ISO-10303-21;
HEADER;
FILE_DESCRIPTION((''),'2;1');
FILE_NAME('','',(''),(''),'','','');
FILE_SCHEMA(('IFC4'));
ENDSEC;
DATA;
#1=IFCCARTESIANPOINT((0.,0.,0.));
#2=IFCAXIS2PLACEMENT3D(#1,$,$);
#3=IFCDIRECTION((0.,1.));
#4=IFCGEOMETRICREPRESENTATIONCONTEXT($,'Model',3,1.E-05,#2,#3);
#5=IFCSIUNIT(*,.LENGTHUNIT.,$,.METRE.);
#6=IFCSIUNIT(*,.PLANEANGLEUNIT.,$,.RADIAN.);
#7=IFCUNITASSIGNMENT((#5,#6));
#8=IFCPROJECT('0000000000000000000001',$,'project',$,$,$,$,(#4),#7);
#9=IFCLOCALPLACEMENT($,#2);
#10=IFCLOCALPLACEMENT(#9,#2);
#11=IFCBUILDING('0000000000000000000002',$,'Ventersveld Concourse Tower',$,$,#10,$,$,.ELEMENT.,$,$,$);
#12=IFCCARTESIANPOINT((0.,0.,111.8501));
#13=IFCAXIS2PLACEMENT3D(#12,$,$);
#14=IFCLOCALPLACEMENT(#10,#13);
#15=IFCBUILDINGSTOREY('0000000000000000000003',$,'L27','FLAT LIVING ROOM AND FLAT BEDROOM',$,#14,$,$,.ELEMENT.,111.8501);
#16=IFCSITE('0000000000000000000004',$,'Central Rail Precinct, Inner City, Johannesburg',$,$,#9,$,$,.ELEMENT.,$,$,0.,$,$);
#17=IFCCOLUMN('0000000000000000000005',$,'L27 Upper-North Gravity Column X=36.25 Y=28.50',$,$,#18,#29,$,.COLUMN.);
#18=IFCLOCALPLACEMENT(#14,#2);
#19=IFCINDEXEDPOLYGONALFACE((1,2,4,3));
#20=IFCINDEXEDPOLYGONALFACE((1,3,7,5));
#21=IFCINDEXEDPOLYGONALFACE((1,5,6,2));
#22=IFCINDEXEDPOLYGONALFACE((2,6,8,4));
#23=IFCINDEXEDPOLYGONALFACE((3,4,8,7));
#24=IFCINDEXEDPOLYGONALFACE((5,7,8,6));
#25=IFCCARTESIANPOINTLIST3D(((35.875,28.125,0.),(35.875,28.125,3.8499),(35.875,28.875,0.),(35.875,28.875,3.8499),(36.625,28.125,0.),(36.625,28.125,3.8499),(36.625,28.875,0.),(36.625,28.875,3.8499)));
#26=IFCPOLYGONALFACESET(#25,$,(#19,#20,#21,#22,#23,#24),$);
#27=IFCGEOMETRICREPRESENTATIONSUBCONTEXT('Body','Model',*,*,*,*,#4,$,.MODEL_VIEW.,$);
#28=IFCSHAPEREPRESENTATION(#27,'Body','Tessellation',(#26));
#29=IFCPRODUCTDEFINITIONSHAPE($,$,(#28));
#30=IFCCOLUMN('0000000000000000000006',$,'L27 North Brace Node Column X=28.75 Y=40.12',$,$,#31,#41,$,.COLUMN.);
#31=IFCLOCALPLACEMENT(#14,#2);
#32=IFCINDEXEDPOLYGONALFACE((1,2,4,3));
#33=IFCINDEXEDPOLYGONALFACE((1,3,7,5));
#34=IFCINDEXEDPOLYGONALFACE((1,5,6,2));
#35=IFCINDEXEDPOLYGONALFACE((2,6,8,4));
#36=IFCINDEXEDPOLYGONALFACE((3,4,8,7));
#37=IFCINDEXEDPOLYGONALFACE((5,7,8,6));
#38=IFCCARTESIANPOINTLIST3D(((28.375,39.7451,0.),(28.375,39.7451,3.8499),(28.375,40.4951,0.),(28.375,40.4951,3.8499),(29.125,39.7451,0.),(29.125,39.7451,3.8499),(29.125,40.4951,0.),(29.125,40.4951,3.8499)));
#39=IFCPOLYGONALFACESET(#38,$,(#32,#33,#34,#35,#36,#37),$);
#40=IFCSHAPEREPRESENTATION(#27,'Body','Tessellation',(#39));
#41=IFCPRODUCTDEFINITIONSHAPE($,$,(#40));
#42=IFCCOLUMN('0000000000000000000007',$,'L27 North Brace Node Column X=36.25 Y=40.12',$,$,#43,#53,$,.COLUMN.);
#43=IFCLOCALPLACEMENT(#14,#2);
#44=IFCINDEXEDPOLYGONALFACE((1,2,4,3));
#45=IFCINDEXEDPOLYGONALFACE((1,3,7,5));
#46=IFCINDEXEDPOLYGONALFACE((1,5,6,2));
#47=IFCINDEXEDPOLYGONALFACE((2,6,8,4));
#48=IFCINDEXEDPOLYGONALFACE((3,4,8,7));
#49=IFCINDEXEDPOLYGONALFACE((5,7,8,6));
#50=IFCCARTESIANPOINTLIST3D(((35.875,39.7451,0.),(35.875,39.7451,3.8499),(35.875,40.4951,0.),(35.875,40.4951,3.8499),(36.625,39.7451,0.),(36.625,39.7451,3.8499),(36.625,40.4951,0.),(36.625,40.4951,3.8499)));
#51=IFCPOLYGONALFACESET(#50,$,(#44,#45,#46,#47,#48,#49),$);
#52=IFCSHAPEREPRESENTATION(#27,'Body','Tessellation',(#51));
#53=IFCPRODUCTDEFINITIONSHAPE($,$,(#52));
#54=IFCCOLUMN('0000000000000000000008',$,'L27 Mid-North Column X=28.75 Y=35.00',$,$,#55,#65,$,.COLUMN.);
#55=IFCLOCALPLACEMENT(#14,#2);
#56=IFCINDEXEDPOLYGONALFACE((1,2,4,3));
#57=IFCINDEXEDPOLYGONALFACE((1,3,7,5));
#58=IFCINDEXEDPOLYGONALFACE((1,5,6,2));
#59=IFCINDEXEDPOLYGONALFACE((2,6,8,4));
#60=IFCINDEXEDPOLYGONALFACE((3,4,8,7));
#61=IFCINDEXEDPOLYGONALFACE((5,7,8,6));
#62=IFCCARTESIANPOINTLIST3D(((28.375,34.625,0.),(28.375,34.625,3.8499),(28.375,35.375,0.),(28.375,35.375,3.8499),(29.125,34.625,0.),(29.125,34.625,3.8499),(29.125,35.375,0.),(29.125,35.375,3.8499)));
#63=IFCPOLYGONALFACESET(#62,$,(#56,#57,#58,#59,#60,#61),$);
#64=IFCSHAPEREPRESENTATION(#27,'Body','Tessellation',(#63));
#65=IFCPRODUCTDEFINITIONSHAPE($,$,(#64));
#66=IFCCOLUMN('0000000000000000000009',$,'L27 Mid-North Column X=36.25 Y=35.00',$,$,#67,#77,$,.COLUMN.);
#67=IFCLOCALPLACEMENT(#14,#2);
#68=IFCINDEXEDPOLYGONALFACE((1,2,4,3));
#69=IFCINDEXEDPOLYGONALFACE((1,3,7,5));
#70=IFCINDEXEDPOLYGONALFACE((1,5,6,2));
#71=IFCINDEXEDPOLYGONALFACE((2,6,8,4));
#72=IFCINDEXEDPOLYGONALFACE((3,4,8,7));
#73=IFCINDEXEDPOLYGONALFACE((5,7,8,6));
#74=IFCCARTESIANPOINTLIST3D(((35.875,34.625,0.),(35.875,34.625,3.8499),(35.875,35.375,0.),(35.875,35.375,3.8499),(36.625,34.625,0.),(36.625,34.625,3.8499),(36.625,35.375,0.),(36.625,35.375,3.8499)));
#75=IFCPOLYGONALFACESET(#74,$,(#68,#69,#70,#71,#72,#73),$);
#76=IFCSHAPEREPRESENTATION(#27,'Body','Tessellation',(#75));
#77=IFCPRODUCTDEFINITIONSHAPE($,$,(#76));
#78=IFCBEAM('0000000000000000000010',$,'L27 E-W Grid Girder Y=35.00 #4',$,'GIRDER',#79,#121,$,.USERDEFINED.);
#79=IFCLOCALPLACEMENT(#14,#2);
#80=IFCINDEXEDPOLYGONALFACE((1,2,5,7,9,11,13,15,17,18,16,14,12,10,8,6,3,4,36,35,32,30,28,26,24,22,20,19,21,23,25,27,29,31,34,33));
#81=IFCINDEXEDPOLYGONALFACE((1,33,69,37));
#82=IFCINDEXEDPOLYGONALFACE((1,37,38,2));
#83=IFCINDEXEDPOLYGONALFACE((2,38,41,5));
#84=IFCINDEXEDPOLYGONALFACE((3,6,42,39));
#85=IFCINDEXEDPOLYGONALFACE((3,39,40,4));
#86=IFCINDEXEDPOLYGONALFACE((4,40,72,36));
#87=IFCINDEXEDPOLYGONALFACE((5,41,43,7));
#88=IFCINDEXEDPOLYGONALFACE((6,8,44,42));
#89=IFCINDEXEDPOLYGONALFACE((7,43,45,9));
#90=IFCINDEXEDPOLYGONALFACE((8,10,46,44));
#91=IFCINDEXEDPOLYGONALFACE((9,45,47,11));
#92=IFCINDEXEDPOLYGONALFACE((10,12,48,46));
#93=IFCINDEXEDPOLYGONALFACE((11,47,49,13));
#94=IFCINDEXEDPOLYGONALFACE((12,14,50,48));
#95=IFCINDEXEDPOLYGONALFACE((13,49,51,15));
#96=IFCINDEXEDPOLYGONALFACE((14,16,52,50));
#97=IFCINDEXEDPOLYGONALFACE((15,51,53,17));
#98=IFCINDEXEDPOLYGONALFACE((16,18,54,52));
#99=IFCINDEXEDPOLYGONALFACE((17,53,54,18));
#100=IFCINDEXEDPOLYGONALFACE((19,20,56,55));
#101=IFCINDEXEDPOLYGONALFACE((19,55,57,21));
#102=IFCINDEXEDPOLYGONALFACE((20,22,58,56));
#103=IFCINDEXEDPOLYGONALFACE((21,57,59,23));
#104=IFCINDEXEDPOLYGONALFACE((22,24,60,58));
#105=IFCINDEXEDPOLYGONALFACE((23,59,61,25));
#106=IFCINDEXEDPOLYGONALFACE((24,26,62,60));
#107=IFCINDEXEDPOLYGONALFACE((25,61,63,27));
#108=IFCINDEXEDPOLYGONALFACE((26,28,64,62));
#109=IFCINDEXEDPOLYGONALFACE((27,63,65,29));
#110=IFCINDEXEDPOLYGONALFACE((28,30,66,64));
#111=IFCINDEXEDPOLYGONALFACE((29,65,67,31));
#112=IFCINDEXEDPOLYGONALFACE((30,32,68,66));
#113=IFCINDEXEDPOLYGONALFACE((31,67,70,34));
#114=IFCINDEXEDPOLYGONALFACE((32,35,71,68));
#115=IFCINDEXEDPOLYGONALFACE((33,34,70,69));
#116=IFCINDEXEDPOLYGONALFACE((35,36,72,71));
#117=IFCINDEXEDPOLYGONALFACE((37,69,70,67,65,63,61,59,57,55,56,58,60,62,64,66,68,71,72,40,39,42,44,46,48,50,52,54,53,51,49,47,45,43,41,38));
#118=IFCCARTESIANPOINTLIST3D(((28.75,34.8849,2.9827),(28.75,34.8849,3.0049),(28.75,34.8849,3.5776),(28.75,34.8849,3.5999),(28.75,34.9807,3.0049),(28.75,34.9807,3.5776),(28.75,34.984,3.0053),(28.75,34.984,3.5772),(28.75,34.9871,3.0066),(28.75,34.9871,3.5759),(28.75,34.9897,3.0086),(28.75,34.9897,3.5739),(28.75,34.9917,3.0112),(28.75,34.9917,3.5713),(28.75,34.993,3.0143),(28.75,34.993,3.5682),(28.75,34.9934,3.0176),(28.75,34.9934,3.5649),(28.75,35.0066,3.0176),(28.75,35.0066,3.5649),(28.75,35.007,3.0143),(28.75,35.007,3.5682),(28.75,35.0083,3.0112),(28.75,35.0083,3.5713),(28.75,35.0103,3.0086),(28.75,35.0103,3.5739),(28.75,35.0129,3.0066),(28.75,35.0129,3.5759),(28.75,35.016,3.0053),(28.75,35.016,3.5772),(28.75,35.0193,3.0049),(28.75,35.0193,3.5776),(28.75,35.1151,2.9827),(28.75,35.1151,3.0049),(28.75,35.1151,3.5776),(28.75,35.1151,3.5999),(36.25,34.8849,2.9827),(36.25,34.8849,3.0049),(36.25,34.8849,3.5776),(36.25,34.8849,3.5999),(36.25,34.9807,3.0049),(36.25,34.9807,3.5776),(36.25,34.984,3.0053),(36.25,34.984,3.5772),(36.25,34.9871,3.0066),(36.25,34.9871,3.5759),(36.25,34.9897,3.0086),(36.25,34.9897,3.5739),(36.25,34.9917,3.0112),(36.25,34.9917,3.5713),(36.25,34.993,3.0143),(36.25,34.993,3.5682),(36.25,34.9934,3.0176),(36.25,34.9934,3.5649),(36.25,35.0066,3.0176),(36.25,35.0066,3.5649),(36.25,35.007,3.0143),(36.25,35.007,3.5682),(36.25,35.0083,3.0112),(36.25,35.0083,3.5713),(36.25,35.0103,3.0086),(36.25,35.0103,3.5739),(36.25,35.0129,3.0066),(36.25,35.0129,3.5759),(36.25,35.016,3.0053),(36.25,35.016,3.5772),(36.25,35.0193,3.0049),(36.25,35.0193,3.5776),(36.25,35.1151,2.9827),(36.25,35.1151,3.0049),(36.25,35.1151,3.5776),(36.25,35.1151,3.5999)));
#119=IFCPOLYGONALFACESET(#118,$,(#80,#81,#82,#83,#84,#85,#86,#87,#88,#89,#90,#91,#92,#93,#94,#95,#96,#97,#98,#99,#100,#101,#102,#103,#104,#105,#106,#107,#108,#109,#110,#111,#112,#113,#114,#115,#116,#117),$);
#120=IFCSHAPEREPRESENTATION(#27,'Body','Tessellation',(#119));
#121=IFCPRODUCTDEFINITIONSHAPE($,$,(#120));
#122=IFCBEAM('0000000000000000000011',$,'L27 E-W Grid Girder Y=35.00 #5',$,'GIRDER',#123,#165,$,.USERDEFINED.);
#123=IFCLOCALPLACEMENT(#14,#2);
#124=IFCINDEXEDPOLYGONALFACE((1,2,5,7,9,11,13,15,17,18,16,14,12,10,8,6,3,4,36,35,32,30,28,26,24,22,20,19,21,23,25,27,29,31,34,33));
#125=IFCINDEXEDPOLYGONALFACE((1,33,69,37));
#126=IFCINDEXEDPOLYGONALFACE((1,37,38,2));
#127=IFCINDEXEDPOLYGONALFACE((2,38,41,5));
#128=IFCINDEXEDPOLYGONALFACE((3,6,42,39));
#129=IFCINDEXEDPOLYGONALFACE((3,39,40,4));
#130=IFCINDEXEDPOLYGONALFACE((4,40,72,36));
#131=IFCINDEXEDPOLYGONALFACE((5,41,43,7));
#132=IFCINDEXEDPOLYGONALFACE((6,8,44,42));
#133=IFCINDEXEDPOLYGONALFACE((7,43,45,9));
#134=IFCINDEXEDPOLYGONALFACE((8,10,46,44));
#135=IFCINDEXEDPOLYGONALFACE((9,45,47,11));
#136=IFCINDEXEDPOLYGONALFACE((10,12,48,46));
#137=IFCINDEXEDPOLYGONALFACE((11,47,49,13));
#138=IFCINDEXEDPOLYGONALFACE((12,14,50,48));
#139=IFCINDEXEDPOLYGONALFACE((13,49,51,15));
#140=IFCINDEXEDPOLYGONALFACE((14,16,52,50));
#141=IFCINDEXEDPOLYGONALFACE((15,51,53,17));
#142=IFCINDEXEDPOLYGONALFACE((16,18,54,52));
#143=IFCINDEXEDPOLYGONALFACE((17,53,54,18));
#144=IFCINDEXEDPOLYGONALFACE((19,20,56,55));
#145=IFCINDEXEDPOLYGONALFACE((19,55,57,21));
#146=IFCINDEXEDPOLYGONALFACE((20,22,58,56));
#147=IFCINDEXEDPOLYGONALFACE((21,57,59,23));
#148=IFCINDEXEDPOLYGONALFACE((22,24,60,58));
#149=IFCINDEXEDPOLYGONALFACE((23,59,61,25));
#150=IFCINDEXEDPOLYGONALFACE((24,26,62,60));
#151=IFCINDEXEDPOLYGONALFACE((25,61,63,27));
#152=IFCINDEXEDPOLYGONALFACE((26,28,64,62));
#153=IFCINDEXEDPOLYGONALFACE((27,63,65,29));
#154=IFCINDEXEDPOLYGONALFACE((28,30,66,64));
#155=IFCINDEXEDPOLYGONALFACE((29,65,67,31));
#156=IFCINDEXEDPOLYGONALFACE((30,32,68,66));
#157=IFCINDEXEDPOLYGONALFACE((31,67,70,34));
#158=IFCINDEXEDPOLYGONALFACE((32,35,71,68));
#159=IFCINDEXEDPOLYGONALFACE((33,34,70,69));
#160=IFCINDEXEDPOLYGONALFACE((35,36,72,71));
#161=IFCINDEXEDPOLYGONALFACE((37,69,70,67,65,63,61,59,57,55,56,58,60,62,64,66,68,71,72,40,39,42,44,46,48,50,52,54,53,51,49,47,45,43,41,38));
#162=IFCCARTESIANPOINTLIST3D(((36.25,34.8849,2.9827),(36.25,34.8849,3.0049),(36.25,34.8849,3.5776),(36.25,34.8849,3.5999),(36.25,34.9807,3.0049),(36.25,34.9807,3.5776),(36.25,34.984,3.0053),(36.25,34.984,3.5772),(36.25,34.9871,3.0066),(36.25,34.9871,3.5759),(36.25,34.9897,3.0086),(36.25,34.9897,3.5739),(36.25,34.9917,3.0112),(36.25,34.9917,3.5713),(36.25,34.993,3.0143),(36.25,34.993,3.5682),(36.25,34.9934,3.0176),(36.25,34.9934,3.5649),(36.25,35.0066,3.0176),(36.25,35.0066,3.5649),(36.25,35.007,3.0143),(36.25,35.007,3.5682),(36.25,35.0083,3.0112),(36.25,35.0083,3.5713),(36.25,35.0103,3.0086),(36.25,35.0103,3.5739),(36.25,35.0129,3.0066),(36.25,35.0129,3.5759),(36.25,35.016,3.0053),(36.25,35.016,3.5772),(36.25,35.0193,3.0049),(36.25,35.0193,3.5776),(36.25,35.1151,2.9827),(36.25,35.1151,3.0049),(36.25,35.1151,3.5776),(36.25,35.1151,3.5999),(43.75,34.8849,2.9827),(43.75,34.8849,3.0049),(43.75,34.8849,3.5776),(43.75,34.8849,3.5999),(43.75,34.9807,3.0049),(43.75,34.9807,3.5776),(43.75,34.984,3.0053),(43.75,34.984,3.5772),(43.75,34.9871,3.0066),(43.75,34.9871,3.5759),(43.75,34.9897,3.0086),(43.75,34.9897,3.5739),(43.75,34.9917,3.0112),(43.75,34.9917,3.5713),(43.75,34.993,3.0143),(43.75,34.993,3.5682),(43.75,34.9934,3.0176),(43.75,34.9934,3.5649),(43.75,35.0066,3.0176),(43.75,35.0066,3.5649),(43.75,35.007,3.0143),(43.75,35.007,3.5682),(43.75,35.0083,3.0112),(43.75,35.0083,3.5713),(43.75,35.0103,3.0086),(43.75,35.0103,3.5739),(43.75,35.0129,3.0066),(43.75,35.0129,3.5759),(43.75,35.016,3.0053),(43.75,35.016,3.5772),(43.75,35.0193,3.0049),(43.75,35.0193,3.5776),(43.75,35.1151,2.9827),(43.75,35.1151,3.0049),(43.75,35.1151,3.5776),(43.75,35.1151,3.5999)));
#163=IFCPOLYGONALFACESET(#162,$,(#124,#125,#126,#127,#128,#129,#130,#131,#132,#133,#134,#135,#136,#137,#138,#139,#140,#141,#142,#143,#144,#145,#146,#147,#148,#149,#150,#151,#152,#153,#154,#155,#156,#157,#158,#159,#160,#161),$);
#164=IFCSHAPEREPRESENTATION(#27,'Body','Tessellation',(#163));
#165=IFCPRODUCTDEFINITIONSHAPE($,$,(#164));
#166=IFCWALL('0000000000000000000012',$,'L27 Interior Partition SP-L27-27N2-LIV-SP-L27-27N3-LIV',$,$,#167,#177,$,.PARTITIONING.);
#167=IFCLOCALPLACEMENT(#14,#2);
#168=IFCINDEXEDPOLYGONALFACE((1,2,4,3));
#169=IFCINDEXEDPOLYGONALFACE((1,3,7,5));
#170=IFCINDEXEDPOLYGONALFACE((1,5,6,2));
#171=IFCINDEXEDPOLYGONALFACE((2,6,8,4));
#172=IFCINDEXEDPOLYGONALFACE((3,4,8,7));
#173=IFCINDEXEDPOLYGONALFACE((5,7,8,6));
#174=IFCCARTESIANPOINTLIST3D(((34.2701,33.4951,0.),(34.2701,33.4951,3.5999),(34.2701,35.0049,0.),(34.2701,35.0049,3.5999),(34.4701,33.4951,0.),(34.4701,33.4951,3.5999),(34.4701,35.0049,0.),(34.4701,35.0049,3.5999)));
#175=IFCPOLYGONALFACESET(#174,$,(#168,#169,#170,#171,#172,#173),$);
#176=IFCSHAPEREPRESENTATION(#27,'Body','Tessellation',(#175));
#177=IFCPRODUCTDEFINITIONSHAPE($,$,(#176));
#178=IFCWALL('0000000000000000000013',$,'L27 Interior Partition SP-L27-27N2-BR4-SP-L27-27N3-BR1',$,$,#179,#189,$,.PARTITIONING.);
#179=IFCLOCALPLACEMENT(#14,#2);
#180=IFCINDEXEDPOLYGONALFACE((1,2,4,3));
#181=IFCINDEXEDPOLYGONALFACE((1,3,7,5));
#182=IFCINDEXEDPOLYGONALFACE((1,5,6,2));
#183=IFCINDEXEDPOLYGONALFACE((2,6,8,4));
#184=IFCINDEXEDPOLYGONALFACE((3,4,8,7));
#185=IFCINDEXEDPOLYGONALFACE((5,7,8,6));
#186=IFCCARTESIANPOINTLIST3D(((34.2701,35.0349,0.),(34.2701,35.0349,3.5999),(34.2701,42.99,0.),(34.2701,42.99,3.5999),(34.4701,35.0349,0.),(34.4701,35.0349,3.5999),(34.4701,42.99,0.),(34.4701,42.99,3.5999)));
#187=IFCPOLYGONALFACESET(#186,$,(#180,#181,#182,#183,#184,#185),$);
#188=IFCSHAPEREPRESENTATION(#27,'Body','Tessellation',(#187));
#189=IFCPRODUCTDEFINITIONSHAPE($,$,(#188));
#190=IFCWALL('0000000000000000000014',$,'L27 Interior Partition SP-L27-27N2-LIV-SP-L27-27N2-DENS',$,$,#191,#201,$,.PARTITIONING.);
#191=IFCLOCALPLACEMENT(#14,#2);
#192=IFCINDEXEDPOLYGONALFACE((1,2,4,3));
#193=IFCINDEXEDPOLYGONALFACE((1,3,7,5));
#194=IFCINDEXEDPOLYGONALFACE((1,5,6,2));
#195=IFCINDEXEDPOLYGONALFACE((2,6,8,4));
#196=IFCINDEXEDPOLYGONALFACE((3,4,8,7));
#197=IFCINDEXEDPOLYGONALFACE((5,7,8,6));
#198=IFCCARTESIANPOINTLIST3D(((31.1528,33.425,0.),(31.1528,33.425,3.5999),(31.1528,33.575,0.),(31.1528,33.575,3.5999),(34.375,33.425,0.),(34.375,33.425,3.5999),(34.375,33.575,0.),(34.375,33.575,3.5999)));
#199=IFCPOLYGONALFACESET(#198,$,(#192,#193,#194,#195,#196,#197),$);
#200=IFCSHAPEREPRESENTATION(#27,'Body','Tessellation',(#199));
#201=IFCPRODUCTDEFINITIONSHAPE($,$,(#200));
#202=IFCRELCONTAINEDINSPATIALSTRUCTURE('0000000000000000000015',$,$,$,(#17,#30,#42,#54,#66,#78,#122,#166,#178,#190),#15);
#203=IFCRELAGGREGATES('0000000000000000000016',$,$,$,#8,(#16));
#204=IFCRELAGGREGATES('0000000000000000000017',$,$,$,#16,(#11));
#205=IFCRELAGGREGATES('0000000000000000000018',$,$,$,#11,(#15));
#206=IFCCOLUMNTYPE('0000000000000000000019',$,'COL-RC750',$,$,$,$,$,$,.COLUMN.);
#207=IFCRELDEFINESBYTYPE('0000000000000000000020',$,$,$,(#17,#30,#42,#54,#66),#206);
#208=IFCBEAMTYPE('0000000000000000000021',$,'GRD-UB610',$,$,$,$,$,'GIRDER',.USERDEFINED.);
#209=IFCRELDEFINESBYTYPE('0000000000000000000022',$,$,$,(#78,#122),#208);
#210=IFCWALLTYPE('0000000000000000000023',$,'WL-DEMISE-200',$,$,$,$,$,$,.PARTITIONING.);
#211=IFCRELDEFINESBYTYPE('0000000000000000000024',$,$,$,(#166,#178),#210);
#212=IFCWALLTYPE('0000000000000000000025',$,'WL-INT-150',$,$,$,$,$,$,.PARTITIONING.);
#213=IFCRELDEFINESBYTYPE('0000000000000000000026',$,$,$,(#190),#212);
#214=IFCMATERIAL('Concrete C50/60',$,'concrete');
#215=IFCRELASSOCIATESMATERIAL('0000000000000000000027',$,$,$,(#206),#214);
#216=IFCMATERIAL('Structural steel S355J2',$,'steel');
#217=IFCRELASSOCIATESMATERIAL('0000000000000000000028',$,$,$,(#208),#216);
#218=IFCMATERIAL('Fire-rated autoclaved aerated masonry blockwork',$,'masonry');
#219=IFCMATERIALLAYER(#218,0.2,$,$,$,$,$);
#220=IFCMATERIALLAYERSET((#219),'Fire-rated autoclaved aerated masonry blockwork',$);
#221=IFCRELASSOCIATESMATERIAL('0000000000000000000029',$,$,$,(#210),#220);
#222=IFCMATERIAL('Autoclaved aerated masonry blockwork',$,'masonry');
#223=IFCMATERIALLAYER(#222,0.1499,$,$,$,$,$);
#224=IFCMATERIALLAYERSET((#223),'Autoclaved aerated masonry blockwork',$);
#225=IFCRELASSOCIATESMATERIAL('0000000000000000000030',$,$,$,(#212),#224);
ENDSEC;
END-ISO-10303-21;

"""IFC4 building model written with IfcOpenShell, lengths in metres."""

from ifc_helpers import new_model, si_unit, direction, frame, frame_2d, origin, origin_2d, place, context, subcontext, project, spatial, rectangle, i_section, extrude, material, layer, layer_set, material_profile, profile_set, type_object, element, save


model = new_model("IFC4")

# Units and contexts
model_context = context("Model", 3, precision=1e-05, world=origin(), true_north=direction((0.0, 1.0)))
body_context = subcontext(model_context, "Body", "Model", "MODEL_VIEW")
ifc_project = project(units=[si_unit("LENGTHUNIT", "METRE"), si_unit("PLANEANGLEUNIT", "RADIAN")], contexts=[model_context])

# Site, building, storey
site_placement = place(None, origin())
site = spatial("IfcSite", under=ifc_project, at=site_placement, Name="Central Rail Precinct, Inner City, Johannesburg", CompositionType="ELEMENT", RefElevation=0.0)
building_placement = place(site_placement, origin())
building = spatial("IfcBuilding", under=site, at=building_placement, Name="Ventersveld Concourse Tower", CompositionType="ELEMENT")
storey_placement = place(building_placement, frame((0.0, 0.0, 111.8501)))
storey = spatial("IfcBuildingStorey", under=building, at=storey_placement, Name="L27", Description="FLAT LIVING ROOM AND FLAT BEDROOM", CompositionType="ELEMENT", Elevation=111.8501)

# Columns
ifc_material_1 = material(Name="Concrete C50/60", Category="concrete")
ifc_material_profile_1 = material_profile(ifc_material_1, rectangle(XDim=0.75, YDim=0.75, at=origin_2d()), Name="RC 750x750")
ifc_profile_set_1 = profile_set([ifc_material_profile_1], Name="Concrete C50/60")
column_type = type_object("IfcColumnType", Name="COL-RC750", PredefinedType="COLUMN", material=ifc_profile_set_1)
for number, where, z_axis, x_axis, name in (
    (1, (36.25, 28.5, 0.0), (0.0, 0.0, 1.0), (1.0, 0.0, 0.0), "L27 Upper-North Gravity Column X=36.25 Y=28.50"),
    (2, (28.75, 40.1201, 0.0), (0.0, 0.0, 1.0), (1.0, 0.0, 0.0), "L27 North Brace Node Column X=28.75 Y=40.12"),
    (3, (36.25, 40.1201, 0.0), (0.0, 0.0, 1.0), (1.0, 0.0, 0.0), "L27 North Brace Node Column X=36.25 Y=40.12"),
    (4, (28.75, 35.0, 0.0), (0.0, 0.0, 1.0), (1.0, 0.0, 0.0), "L27 Mid-North Column X=28.75 Y=35.00"),
    (5, (36.25, 35.0, 0.0), (0.0, 0.0, 1.0), (1.0, 0.0, 0.0), "L27 Mid-North Column X=36.25 Y=35.00"),
):
    element("IfcColumn", number, at=place(storey_placement, frame(where, z_axis=z_axis, x_axis=x_axis)), inside=storey, type_object=column_type, Name=name, PredefinedType="COLUMN", context=body_context, shape_type="SweptSolid", body=[
        extrude(rectangle(XDim=0.75, YDim=0.75, at=origin_2d()), origin(), (0.0, 0.0, 1.0), 3.8499),
    ])

# Beams
ifc_material_2 = material(Name="Structural steel S355J2", Category="steel")
ifc_material_profile_2 = material_profile(ifc_material_2, i_section(OverallWidth=0.2302, OverallDepth=0.6172, WebThickness=0.0132, FlangeThickness=0.0222, FilletRadius=0.0127, at=origin_2d()), Name="UB 610x229x140")
ifc_profile_set_2 = profile_set([ifc_material_profile_2], Name="Structural steel S355J2")
beam_type = type_object("IfcBeamType", Name="GRD-UB610", ElementType="GIRDER", PredefinedType="USERDEFINED", material=ifc_profile_set_2)
for number, where, z_axis, x_axis, name in (
    (6, (28.75, 35.0, 3.2913), (1.0, 0.0, 0.0), (0.0, 1.0, 0.0), "L27 E-W Grid Girder Y=35.00 #4"),
    (7, (36.25, 35.0, 3.2913), (1.0, 0.0, 0.0), (0.0, 1.0, 0.0), "L27 E-W Grid Girder Y=35.00 #5"),
):
    element("IfcBeam", number, at=place(storey_placement, frame(where, z_axis=z_axis, x_axis=x_axis)), inside=storey, type_object=beam_type, Name=name, ObjectType="GIRDER", PredefinedType="USERDEFINED", context=body_context, shape_type="SweptSolid", body=[
        extrude(i_section(OverallWidth=0.2302, OverallDepth=0.6172, WebThickness=0.0132, FlangeThickness=0.0222, FilletRadius=0.0127, at=origin_2d()), origin(), (0.0, 0.0, 1.0), 7.5),
    ])

# Walls
ifc_material_3 = material(Name="Fire-rated autoclaved aerated masonry blockwork", Category="masonry")
ifc_layer_1 = layer(ifc_material_3, 0.2)
ifc_layer_set_1 = layer_set([ifc_layer_1], Name="Fire-rated autoclaved aerated masonry blockwork")
wall_type_1 = type_object("IfcWallType", Name="WL-DEMISE-200", PredefinedType="PARTITIONING", material=ifc_layer_set_1)
wall_1_placement = place(storey_placement, frame((34.3701, 33.4951, 0.0), z_axis=(0.0, 0.0, 1.0), x_axis=(0.0, 1.0, 0.0)))
element("IfcWall", 8, at=wall_1_placement, inside=storey, type_object=wall_type_1, Name="L27 Interior Partition SP-L27-27N2-LIV-SP-L27-27N3-LIV", PredefinedType="PARTITIONING", context=body_context, shape_type="SweptSolid", body=[
    extrude(rectangle(XDim=1.5098, YDim=0.2, at=frame_2d((0.7549, 0.0))), origin(), (0.0, 0.0, 1.0), 3.5999),
])
wall_2_placement = place(storey_placement, frame((34.3701, 35.0349, 0.0), z_axis=(0.0, 0.0, 1.0), x_axis=(0.0, 1.0, 0.0)))
element("IfcWall", 9, at=wall_2_placement, inside=storey, type_object=wall_type_1, Name="L27 Interior Partition SP-L27-27N2-BR4-SP-L27-27N3-BR1", PredefinedType="PARTITIONING", context=body_context, shape_type="SweptSolid", body=[
    extrude(rectangle(XDim=7.9551, YDim=0.2, at=frame_2d((3.9775, 0.0))), origin(), (0.0, 0.0, 1.0), 3.5999),
])
ifc_material_4 = material(Name="Autoclaved aerated masonry blockwork", Category="masonry")
ifc_layer_2 = layer(ifc_material_4, 0.1499)
ifc_layer_set_2 = layer_set([ifc_layer_2], Name="Autoclaved aerated masonry blockwork")
wall_type_2 = type_object("IfcWallType", Name="WL-INT-150", PredefinedType="PARTITIONING", material=ifc_layer_set_2)
wall_3_placement = place(storey_placement, frame((31.1528, 33.5, 0.0), z_axis=(0.0, 0.0, 1.0), x_axis=(1.0, 0.0, 0.0)))
element("IfcWall", 10, at=wall_3_placement, inside=storey, type_object=wall_type_2, Name="L27 Interior Partition SP-L27-27N2-LIV-SP-L27-27N2-DENS", PredefinedType="PARTITIONING", context=body_context, shape_type="SweptSolid", body=[
    extrude(rectangle(XDim=3.2222, YDim=0.1499, at=frame_2d((1.6111, 0.0))), origin(), (0.0, 0.0, 1.0), 3.5999),
])

save(model, "model.ifc")
